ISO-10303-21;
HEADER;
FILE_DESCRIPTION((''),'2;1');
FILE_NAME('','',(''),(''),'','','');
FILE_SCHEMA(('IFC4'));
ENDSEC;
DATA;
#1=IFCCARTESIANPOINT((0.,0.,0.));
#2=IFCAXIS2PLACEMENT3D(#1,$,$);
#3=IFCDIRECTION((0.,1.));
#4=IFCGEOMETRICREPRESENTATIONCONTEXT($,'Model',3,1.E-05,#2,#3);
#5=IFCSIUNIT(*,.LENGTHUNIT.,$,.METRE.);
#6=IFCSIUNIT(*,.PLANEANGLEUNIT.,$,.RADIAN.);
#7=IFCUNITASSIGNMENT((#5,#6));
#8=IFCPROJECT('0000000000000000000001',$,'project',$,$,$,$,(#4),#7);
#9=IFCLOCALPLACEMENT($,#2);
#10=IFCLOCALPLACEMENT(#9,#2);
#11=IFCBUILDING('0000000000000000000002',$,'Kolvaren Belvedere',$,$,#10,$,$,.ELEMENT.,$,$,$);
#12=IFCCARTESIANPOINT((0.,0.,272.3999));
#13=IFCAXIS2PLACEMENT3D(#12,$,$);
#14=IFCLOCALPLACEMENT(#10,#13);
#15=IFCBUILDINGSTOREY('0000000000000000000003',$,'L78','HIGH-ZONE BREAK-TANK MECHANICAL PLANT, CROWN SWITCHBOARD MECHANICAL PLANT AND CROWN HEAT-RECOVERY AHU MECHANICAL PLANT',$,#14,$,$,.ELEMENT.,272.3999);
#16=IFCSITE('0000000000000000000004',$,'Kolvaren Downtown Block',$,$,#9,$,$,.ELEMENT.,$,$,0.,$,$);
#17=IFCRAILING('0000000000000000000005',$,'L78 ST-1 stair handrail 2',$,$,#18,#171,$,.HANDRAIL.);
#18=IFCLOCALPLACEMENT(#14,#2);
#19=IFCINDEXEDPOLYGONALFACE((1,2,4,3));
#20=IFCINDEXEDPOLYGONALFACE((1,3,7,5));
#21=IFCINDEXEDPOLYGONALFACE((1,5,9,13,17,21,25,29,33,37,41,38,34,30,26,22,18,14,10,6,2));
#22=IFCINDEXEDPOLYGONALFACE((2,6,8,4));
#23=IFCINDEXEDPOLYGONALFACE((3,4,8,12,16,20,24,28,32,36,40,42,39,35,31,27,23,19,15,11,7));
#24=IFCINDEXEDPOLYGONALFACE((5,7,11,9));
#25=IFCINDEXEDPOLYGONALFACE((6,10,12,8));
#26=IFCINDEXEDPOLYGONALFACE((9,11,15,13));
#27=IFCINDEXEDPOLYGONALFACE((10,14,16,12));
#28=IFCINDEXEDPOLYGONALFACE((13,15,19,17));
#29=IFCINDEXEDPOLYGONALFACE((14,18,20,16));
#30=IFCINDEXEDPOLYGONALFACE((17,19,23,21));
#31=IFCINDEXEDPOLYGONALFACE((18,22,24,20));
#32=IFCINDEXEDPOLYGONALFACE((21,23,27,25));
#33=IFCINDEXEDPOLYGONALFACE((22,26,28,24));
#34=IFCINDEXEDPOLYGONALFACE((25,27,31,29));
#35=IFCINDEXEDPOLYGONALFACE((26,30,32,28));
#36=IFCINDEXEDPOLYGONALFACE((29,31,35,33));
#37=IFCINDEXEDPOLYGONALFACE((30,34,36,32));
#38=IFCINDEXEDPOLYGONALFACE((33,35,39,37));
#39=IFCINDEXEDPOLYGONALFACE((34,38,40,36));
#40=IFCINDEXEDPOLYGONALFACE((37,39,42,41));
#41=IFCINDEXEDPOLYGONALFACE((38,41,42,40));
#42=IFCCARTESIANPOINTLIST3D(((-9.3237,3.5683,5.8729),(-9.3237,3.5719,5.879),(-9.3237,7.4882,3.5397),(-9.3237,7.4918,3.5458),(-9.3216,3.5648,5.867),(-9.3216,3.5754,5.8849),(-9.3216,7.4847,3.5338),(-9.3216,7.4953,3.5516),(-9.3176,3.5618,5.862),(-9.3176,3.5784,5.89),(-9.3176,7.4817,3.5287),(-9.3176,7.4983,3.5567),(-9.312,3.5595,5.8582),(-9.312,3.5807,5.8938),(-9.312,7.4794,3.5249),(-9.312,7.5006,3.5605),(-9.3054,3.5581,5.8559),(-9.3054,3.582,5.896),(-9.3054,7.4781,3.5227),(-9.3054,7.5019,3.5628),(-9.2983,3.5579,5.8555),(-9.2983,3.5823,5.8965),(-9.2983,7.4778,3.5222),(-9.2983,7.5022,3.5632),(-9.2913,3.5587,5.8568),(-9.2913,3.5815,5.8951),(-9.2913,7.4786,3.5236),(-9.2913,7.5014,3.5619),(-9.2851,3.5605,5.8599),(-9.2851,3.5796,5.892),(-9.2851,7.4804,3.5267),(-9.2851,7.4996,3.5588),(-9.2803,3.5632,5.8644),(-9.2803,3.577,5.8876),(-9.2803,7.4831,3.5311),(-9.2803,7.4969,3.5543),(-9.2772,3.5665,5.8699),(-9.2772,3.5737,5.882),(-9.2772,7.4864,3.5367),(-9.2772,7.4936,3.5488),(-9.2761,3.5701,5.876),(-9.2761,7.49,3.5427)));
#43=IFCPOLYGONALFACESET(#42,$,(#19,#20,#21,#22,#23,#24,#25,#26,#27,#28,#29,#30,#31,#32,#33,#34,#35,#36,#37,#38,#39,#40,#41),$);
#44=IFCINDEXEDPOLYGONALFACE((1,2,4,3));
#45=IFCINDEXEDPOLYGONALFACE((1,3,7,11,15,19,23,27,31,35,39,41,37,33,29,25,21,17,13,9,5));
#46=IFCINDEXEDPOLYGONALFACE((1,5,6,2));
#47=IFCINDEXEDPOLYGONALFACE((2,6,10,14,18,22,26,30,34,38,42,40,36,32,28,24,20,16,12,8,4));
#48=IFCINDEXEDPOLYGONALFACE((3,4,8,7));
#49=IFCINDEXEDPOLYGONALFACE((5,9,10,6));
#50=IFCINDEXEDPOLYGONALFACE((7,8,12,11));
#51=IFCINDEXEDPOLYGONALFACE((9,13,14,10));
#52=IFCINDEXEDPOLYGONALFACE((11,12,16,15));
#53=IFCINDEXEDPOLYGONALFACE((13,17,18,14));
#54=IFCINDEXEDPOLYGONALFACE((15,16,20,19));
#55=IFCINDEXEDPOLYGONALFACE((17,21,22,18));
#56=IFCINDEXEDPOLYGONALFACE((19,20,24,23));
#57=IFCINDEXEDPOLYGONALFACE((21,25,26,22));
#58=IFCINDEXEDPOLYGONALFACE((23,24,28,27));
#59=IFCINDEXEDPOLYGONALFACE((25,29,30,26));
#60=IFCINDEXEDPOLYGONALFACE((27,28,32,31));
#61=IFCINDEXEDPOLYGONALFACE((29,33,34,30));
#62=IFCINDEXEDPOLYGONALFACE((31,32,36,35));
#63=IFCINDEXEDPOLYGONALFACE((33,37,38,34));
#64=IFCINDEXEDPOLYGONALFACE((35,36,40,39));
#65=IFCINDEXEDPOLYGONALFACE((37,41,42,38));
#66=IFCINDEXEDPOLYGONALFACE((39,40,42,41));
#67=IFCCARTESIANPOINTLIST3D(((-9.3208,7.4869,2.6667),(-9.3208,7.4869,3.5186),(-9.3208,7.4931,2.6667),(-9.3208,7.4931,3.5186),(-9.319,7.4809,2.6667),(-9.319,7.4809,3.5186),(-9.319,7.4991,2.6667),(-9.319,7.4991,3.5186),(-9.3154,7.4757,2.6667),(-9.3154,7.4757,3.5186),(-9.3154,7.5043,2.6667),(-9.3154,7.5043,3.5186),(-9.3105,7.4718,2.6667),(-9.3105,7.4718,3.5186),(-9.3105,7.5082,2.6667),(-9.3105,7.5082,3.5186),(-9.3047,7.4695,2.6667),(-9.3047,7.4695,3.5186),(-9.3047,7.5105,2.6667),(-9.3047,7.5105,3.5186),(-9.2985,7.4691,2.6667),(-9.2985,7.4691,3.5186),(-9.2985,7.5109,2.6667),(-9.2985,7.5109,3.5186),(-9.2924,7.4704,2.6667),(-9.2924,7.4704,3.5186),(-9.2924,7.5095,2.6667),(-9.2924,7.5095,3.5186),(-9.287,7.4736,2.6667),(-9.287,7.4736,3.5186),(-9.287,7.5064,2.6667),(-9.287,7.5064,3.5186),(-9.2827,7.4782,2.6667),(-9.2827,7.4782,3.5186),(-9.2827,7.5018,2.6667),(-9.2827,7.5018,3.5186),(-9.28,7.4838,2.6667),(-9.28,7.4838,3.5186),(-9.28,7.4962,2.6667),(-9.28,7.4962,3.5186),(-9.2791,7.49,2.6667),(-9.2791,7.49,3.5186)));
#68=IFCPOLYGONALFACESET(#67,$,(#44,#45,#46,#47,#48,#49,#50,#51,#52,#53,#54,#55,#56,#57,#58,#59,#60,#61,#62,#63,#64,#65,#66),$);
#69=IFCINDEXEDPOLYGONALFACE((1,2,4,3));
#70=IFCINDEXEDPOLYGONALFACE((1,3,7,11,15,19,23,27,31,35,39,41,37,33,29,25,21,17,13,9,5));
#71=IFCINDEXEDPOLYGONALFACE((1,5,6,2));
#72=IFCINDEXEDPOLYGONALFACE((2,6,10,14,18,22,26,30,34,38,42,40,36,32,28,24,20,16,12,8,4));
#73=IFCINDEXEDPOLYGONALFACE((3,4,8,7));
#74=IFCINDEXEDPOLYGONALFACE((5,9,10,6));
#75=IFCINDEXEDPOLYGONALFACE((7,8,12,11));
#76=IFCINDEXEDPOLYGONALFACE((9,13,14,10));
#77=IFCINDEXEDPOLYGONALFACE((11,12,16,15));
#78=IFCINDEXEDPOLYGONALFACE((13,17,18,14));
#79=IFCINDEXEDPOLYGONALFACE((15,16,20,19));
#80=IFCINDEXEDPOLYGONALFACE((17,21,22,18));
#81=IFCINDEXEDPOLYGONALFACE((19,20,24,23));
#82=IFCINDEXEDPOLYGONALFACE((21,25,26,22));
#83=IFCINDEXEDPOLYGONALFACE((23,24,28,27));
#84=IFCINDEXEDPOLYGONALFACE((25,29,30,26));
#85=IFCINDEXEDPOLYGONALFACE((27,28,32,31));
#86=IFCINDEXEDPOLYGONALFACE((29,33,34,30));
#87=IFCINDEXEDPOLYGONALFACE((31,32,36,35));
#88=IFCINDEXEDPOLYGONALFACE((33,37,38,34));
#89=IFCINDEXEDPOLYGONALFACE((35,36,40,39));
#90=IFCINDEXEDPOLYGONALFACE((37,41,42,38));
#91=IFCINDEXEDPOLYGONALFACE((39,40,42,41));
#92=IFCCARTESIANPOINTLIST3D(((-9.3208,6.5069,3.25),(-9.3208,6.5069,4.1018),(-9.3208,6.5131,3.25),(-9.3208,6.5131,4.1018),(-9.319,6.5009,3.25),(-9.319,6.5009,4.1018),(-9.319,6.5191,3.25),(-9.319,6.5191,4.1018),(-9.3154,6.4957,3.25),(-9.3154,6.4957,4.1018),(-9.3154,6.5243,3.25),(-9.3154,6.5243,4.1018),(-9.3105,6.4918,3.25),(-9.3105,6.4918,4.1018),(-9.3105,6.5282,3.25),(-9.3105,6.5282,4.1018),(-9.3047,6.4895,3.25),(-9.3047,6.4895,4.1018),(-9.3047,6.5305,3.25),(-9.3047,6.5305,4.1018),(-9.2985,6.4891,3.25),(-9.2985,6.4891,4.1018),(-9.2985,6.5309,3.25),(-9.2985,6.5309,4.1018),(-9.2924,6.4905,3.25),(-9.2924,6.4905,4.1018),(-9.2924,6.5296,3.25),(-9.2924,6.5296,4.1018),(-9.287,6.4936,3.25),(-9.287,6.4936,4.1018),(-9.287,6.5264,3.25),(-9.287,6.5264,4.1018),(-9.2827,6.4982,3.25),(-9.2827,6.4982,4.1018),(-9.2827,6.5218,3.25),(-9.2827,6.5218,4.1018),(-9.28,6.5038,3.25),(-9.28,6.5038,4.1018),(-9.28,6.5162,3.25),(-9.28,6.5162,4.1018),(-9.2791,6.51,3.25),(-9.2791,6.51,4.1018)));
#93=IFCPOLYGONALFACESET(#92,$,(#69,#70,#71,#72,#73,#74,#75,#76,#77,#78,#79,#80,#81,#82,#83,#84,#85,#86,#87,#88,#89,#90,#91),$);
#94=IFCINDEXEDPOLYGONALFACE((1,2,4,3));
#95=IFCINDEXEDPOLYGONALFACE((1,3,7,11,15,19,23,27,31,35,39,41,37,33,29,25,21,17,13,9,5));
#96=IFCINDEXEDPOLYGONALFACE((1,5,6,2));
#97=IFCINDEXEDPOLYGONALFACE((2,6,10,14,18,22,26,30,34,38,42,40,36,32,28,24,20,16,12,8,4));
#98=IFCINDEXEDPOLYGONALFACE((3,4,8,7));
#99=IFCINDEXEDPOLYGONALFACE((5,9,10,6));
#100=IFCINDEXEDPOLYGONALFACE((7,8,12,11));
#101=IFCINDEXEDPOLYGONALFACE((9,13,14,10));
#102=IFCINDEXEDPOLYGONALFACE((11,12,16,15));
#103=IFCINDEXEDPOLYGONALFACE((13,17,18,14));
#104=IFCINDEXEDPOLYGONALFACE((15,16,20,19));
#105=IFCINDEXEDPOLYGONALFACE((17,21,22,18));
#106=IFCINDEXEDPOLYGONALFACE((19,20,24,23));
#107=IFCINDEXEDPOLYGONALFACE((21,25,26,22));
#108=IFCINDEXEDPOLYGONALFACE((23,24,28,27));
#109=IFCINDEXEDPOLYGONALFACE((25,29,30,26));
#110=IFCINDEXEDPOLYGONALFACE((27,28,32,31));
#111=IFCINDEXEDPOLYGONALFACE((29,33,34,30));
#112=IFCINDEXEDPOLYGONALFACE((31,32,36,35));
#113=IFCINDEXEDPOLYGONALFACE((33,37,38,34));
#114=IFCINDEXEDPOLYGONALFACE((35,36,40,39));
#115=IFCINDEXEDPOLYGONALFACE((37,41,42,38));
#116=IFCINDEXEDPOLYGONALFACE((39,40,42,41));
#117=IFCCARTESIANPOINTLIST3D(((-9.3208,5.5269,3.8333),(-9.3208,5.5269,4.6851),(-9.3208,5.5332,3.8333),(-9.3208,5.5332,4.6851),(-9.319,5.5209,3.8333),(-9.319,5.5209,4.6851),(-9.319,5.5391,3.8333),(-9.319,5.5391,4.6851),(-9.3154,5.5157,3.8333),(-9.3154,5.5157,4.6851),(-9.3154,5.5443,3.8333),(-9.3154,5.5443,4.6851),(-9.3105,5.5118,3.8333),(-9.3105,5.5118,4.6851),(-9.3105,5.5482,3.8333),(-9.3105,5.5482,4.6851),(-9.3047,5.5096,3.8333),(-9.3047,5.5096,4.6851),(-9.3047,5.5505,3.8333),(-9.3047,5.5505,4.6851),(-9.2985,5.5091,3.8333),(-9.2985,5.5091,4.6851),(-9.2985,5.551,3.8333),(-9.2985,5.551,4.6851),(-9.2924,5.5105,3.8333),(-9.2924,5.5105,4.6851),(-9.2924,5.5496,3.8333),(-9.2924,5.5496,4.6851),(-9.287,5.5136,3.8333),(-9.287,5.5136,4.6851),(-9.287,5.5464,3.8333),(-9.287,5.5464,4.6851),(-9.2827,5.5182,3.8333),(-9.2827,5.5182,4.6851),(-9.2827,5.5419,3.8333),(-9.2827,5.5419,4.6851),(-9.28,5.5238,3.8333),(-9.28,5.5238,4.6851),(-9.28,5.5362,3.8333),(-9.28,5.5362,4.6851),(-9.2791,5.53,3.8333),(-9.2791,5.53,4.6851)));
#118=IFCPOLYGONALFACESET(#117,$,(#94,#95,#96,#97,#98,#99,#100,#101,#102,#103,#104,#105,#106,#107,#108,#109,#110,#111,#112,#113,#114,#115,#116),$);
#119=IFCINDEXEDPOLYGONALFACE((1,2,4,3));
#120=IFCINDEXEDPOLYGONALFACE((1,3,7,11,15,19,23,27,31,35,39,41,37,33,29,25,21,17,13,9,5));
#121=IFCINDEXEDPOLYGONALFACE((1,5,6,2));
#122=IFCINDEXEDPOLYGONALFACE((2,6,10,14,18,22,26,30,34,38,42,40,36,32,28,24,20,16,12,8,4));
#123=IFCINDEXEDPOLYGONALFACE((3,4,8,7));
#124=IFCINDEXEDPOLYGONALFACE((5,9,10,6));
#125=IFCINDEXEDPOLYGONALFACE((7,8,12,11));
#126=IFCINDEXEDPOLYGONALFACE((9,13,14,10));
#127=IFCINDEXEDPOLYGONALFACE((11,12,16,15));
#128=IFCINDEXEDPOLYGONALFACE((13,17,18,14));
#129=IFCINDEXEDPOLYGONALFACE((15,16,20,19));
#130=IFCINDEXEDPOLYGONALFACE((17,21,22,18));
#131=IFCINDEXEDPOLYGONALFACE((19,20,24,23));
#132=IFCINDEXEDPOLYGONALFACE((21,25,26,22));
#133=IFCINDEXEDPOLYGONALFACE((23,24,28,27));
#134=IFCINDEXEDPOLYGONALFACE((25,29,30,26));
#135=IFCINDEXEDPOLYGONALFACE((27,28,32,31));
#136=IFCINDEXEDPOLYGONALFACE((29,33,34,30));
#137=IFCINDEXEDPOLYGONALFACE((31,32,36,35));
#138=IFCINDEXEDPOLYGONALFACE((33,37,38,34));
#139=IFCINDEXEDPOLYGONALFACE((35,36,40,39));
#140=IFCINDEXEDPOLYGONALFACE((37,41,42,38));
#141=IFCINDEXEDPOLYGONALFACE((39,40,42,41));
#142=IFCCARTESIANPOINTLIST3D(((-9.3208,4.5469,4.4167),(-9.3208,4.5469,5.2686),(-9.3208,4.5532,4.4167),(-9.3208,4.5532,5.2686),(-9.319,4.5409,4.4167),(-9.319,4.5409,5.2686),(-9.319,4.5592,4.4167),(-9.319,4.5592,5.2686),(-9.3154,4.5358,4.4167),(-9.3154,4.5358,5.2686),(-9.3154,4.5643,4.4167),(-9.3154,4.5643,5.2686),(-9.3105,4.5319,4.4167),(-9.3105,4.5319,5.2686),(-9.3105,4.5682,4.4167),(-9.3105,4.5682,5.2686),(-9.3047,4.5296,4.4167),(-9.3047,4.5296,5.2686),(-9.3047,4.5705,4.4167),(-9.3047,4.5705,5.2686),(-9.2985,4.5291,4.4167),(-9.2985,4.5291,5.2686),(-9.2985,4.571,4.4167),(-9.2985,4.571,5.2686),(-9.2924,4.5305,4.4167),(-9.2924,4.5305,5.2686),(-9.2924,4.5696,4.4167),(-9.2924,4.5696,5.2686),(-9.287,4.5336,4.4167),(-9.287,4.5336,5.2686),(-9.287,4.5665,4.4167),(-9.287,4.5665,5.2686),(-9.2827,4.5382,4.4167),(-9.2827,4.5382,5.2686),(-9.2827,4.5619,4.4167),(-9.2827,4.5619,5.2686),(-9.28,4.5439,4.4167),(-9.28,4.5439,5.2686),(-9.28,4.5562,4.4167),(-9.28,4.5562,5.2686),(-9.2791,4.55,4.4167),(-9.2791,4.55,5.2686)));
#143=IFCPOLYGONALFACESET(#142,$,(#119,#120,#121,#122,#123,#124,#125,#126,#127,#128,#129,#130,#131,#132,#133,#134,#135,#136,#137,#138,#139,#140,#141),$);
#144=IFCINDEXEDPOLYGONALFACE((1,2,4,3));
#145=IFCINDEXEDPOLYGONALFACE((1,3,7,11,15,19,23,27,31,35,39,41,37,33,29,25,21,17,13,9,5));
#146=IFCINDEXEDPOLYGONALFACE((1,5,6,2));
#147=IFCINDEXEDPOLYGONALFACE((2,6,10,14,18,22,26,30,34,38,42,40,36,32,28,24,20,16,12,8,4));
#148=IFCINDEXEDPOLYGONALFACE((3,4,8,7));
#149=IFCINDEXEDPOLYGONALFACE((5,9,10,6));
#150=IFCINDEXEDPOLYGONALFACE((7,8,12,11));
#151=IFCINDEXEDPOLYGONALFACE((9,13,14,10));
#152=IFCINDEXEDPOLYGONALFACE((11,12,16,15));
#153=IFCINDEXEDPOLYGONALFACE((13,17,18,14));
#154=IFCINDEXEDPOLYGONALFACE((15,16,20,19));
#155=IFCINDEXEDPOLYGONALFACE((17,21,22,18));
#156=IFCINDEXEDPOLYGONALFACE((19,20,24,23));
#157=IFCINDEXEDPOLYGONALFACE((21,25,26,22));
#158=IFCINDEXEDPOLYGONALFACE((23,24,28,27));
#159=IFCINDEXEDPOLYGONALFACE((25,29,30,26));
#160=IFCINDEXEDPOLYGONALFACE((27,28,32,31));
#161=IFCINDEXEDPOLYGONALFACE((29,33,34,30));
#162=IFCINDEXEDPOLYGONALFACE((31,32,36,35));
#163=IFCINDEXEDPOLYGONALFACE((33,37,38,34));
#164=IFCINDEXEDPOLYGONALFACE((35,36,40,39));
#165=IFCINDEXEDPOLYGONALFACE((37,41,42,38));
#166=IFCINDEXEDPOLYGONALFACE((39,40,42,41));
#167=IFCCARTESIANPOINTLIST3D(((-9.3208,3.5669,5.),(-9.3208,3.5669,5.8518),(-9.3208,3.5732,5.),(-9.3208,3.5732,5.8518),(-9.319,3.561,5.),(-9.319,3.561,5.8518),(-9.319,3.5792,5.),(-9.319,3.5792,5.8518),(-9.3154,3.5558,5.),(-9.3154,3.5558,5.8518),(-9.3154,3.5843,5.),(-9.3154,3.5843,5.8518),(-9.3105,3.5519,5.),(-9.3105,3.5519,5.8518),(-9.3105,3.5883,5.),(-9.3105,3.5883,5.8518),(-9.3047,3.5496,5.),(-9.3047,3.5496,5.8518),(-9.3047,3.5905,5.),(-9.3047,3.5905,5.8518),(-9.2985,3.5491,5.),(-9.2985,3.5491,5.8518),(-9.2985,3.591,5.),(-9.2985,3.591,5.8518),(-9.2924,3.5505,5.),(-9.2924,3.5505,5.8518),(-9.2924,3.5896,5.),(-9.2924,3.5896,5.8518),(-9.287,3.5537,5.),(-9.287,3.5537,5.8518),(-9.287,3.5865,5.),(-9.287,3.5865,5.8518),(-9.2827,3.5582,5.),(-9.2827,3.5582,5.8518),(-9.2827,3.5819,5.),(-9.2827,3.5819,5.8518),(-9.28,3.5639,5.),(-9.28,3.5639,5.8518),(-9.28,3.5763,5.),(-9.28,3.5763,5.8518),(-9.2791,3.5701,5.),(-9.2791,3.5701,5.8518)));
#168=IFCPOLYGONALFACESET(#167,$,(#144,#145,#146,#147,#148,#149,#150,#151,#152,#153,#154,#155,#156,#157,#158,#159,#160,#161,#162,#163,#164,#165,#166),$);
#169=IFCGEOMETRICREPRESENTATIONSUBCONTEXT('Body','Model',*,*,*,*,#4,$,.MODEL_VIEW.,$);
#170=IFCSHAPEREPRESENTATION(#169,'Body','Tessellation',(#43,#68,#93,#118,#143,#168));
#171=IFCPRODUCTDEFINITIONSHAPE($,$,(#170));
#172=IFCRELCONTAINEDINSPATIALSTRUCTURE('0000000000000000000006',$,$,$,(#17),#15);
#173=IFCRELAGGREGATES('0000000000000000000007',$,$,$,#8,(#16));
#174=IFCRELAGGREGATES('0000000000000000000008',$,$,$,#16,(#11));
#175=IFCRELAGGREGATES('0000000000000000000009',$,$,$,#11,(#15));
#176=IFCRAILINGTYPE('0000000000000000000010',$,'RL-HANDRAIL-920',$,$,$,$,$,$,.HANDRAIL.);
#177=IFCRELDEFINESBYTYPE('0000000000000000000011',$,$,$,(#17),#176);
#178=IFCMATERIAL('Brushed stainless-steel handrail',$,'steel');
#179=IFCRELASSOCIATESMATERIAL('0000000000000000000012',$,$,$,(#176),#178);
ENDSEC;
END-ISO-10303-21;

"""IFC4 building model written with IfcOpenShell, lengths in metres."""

from ifc_helpers import new_model, si_unit, direction, frame, origin, origin_2d, place, context, subcontext, project, spatial, circle, extrude, material, type_object, element, save


model = new_model("IFC4")

# Units and contexts
model_context = context("Model", 3, precision=1e-05, world=origin(), true_north=direction((0.0, 1.0)))
body_context = subcontext(model_context, "Body", "Model", "MODEL_VIEW")
ifc_project = project(units=[si_unit("LENGTHUNIT", "METRE"), si_unit("PLANEANGLEUNIT", "RADIAN")], contexts=[model_context])

# Site, building, storey
site_placement = place(None, origin())
site = spatial("IfcSite", under=ifc_project, at=site_placement, Name="Kolvaren Downtown Block", CompositionType="ELEMENT", RefElevation=0.0)
building_placement = place(site_placement, origin())
building = spatial("IfcBuilding", under=site, at=building_placement, Name="Kolvaren Belvedere", CompositionType="ELEMENT")
storey_placement = place(building_placement, frame((0.0, 0.0, 272.3999)))
storey = spatial("IfcBuildingStorey", under=building, at=storey_placement, Name="L78", Description="HIGH-ZONE BREAK-TANK MECHANICAL PLANT, CROWN SWITCHBOARD MECHANICAL PLANT AND CROWN HEAT-RECOVERY AHU MECHANICAL PLANT", CompositionType="ELEMENT", Elevation=272.3999)

# Railing
ifc_material_1 = material(Name="Brushed stainless-steel handrail", Category="steel")
railing_type_1 = type_object("IfcRailingType", Name="RL-HANDRAIL-920", PredefinedType="HANDRAIL", material=ifc_material_1)
railing_1_placement = place(storey_placement, frame((-9.3, 7.49, 2.6667)))
element("IfcRailing", 1, at=railing_1_placement, inside=storey, type_object=railing_type_1, Name="L78 ST-1 stair handrail 2", PredefinedType="HANDRAIL", context=body_context, shape_type="SweptSolid", body=[
    extrude(circle(Radius=0.0239, at=origin_2d()), frame((0.0, 0.0, 0.876), z_axis=(0.0, -0.859296, 0.511478), x_axis=(1.0, 0.0, 0.0)), (0.0, 0.0, 1.0), 4.5618),
    extrude(circle(Radius=0.021, at=origin_2d()), origin(), (0.0, 0.0, 1.0), 0.8518),
    extrude(circle(Radius=0.021, at=origin_2d()), frame((0.0, -0.98, 0.5833)), (0.0, 0.0, 1.0), 0.8518),
    extrude(circle(Radius=0.021, at=origin_2d()), frame((0.0, -1.96, 1.1665)), (0.0, 0.0, 1.0), 0.8518),
    extrude(circle(Radius=0.021, at=origin_2d()), frame((0.0, -2.9399, 1.75)), (0.0, 0.0, 1.0), 0.8518),
    extrude(circle(Radius=0.021, at=origin_2d()), frame((0.0, -3.9199, 2.3333)), (0.0, 0.0, 1.0), 0.8518),
])

save(model, "model.ifc")
